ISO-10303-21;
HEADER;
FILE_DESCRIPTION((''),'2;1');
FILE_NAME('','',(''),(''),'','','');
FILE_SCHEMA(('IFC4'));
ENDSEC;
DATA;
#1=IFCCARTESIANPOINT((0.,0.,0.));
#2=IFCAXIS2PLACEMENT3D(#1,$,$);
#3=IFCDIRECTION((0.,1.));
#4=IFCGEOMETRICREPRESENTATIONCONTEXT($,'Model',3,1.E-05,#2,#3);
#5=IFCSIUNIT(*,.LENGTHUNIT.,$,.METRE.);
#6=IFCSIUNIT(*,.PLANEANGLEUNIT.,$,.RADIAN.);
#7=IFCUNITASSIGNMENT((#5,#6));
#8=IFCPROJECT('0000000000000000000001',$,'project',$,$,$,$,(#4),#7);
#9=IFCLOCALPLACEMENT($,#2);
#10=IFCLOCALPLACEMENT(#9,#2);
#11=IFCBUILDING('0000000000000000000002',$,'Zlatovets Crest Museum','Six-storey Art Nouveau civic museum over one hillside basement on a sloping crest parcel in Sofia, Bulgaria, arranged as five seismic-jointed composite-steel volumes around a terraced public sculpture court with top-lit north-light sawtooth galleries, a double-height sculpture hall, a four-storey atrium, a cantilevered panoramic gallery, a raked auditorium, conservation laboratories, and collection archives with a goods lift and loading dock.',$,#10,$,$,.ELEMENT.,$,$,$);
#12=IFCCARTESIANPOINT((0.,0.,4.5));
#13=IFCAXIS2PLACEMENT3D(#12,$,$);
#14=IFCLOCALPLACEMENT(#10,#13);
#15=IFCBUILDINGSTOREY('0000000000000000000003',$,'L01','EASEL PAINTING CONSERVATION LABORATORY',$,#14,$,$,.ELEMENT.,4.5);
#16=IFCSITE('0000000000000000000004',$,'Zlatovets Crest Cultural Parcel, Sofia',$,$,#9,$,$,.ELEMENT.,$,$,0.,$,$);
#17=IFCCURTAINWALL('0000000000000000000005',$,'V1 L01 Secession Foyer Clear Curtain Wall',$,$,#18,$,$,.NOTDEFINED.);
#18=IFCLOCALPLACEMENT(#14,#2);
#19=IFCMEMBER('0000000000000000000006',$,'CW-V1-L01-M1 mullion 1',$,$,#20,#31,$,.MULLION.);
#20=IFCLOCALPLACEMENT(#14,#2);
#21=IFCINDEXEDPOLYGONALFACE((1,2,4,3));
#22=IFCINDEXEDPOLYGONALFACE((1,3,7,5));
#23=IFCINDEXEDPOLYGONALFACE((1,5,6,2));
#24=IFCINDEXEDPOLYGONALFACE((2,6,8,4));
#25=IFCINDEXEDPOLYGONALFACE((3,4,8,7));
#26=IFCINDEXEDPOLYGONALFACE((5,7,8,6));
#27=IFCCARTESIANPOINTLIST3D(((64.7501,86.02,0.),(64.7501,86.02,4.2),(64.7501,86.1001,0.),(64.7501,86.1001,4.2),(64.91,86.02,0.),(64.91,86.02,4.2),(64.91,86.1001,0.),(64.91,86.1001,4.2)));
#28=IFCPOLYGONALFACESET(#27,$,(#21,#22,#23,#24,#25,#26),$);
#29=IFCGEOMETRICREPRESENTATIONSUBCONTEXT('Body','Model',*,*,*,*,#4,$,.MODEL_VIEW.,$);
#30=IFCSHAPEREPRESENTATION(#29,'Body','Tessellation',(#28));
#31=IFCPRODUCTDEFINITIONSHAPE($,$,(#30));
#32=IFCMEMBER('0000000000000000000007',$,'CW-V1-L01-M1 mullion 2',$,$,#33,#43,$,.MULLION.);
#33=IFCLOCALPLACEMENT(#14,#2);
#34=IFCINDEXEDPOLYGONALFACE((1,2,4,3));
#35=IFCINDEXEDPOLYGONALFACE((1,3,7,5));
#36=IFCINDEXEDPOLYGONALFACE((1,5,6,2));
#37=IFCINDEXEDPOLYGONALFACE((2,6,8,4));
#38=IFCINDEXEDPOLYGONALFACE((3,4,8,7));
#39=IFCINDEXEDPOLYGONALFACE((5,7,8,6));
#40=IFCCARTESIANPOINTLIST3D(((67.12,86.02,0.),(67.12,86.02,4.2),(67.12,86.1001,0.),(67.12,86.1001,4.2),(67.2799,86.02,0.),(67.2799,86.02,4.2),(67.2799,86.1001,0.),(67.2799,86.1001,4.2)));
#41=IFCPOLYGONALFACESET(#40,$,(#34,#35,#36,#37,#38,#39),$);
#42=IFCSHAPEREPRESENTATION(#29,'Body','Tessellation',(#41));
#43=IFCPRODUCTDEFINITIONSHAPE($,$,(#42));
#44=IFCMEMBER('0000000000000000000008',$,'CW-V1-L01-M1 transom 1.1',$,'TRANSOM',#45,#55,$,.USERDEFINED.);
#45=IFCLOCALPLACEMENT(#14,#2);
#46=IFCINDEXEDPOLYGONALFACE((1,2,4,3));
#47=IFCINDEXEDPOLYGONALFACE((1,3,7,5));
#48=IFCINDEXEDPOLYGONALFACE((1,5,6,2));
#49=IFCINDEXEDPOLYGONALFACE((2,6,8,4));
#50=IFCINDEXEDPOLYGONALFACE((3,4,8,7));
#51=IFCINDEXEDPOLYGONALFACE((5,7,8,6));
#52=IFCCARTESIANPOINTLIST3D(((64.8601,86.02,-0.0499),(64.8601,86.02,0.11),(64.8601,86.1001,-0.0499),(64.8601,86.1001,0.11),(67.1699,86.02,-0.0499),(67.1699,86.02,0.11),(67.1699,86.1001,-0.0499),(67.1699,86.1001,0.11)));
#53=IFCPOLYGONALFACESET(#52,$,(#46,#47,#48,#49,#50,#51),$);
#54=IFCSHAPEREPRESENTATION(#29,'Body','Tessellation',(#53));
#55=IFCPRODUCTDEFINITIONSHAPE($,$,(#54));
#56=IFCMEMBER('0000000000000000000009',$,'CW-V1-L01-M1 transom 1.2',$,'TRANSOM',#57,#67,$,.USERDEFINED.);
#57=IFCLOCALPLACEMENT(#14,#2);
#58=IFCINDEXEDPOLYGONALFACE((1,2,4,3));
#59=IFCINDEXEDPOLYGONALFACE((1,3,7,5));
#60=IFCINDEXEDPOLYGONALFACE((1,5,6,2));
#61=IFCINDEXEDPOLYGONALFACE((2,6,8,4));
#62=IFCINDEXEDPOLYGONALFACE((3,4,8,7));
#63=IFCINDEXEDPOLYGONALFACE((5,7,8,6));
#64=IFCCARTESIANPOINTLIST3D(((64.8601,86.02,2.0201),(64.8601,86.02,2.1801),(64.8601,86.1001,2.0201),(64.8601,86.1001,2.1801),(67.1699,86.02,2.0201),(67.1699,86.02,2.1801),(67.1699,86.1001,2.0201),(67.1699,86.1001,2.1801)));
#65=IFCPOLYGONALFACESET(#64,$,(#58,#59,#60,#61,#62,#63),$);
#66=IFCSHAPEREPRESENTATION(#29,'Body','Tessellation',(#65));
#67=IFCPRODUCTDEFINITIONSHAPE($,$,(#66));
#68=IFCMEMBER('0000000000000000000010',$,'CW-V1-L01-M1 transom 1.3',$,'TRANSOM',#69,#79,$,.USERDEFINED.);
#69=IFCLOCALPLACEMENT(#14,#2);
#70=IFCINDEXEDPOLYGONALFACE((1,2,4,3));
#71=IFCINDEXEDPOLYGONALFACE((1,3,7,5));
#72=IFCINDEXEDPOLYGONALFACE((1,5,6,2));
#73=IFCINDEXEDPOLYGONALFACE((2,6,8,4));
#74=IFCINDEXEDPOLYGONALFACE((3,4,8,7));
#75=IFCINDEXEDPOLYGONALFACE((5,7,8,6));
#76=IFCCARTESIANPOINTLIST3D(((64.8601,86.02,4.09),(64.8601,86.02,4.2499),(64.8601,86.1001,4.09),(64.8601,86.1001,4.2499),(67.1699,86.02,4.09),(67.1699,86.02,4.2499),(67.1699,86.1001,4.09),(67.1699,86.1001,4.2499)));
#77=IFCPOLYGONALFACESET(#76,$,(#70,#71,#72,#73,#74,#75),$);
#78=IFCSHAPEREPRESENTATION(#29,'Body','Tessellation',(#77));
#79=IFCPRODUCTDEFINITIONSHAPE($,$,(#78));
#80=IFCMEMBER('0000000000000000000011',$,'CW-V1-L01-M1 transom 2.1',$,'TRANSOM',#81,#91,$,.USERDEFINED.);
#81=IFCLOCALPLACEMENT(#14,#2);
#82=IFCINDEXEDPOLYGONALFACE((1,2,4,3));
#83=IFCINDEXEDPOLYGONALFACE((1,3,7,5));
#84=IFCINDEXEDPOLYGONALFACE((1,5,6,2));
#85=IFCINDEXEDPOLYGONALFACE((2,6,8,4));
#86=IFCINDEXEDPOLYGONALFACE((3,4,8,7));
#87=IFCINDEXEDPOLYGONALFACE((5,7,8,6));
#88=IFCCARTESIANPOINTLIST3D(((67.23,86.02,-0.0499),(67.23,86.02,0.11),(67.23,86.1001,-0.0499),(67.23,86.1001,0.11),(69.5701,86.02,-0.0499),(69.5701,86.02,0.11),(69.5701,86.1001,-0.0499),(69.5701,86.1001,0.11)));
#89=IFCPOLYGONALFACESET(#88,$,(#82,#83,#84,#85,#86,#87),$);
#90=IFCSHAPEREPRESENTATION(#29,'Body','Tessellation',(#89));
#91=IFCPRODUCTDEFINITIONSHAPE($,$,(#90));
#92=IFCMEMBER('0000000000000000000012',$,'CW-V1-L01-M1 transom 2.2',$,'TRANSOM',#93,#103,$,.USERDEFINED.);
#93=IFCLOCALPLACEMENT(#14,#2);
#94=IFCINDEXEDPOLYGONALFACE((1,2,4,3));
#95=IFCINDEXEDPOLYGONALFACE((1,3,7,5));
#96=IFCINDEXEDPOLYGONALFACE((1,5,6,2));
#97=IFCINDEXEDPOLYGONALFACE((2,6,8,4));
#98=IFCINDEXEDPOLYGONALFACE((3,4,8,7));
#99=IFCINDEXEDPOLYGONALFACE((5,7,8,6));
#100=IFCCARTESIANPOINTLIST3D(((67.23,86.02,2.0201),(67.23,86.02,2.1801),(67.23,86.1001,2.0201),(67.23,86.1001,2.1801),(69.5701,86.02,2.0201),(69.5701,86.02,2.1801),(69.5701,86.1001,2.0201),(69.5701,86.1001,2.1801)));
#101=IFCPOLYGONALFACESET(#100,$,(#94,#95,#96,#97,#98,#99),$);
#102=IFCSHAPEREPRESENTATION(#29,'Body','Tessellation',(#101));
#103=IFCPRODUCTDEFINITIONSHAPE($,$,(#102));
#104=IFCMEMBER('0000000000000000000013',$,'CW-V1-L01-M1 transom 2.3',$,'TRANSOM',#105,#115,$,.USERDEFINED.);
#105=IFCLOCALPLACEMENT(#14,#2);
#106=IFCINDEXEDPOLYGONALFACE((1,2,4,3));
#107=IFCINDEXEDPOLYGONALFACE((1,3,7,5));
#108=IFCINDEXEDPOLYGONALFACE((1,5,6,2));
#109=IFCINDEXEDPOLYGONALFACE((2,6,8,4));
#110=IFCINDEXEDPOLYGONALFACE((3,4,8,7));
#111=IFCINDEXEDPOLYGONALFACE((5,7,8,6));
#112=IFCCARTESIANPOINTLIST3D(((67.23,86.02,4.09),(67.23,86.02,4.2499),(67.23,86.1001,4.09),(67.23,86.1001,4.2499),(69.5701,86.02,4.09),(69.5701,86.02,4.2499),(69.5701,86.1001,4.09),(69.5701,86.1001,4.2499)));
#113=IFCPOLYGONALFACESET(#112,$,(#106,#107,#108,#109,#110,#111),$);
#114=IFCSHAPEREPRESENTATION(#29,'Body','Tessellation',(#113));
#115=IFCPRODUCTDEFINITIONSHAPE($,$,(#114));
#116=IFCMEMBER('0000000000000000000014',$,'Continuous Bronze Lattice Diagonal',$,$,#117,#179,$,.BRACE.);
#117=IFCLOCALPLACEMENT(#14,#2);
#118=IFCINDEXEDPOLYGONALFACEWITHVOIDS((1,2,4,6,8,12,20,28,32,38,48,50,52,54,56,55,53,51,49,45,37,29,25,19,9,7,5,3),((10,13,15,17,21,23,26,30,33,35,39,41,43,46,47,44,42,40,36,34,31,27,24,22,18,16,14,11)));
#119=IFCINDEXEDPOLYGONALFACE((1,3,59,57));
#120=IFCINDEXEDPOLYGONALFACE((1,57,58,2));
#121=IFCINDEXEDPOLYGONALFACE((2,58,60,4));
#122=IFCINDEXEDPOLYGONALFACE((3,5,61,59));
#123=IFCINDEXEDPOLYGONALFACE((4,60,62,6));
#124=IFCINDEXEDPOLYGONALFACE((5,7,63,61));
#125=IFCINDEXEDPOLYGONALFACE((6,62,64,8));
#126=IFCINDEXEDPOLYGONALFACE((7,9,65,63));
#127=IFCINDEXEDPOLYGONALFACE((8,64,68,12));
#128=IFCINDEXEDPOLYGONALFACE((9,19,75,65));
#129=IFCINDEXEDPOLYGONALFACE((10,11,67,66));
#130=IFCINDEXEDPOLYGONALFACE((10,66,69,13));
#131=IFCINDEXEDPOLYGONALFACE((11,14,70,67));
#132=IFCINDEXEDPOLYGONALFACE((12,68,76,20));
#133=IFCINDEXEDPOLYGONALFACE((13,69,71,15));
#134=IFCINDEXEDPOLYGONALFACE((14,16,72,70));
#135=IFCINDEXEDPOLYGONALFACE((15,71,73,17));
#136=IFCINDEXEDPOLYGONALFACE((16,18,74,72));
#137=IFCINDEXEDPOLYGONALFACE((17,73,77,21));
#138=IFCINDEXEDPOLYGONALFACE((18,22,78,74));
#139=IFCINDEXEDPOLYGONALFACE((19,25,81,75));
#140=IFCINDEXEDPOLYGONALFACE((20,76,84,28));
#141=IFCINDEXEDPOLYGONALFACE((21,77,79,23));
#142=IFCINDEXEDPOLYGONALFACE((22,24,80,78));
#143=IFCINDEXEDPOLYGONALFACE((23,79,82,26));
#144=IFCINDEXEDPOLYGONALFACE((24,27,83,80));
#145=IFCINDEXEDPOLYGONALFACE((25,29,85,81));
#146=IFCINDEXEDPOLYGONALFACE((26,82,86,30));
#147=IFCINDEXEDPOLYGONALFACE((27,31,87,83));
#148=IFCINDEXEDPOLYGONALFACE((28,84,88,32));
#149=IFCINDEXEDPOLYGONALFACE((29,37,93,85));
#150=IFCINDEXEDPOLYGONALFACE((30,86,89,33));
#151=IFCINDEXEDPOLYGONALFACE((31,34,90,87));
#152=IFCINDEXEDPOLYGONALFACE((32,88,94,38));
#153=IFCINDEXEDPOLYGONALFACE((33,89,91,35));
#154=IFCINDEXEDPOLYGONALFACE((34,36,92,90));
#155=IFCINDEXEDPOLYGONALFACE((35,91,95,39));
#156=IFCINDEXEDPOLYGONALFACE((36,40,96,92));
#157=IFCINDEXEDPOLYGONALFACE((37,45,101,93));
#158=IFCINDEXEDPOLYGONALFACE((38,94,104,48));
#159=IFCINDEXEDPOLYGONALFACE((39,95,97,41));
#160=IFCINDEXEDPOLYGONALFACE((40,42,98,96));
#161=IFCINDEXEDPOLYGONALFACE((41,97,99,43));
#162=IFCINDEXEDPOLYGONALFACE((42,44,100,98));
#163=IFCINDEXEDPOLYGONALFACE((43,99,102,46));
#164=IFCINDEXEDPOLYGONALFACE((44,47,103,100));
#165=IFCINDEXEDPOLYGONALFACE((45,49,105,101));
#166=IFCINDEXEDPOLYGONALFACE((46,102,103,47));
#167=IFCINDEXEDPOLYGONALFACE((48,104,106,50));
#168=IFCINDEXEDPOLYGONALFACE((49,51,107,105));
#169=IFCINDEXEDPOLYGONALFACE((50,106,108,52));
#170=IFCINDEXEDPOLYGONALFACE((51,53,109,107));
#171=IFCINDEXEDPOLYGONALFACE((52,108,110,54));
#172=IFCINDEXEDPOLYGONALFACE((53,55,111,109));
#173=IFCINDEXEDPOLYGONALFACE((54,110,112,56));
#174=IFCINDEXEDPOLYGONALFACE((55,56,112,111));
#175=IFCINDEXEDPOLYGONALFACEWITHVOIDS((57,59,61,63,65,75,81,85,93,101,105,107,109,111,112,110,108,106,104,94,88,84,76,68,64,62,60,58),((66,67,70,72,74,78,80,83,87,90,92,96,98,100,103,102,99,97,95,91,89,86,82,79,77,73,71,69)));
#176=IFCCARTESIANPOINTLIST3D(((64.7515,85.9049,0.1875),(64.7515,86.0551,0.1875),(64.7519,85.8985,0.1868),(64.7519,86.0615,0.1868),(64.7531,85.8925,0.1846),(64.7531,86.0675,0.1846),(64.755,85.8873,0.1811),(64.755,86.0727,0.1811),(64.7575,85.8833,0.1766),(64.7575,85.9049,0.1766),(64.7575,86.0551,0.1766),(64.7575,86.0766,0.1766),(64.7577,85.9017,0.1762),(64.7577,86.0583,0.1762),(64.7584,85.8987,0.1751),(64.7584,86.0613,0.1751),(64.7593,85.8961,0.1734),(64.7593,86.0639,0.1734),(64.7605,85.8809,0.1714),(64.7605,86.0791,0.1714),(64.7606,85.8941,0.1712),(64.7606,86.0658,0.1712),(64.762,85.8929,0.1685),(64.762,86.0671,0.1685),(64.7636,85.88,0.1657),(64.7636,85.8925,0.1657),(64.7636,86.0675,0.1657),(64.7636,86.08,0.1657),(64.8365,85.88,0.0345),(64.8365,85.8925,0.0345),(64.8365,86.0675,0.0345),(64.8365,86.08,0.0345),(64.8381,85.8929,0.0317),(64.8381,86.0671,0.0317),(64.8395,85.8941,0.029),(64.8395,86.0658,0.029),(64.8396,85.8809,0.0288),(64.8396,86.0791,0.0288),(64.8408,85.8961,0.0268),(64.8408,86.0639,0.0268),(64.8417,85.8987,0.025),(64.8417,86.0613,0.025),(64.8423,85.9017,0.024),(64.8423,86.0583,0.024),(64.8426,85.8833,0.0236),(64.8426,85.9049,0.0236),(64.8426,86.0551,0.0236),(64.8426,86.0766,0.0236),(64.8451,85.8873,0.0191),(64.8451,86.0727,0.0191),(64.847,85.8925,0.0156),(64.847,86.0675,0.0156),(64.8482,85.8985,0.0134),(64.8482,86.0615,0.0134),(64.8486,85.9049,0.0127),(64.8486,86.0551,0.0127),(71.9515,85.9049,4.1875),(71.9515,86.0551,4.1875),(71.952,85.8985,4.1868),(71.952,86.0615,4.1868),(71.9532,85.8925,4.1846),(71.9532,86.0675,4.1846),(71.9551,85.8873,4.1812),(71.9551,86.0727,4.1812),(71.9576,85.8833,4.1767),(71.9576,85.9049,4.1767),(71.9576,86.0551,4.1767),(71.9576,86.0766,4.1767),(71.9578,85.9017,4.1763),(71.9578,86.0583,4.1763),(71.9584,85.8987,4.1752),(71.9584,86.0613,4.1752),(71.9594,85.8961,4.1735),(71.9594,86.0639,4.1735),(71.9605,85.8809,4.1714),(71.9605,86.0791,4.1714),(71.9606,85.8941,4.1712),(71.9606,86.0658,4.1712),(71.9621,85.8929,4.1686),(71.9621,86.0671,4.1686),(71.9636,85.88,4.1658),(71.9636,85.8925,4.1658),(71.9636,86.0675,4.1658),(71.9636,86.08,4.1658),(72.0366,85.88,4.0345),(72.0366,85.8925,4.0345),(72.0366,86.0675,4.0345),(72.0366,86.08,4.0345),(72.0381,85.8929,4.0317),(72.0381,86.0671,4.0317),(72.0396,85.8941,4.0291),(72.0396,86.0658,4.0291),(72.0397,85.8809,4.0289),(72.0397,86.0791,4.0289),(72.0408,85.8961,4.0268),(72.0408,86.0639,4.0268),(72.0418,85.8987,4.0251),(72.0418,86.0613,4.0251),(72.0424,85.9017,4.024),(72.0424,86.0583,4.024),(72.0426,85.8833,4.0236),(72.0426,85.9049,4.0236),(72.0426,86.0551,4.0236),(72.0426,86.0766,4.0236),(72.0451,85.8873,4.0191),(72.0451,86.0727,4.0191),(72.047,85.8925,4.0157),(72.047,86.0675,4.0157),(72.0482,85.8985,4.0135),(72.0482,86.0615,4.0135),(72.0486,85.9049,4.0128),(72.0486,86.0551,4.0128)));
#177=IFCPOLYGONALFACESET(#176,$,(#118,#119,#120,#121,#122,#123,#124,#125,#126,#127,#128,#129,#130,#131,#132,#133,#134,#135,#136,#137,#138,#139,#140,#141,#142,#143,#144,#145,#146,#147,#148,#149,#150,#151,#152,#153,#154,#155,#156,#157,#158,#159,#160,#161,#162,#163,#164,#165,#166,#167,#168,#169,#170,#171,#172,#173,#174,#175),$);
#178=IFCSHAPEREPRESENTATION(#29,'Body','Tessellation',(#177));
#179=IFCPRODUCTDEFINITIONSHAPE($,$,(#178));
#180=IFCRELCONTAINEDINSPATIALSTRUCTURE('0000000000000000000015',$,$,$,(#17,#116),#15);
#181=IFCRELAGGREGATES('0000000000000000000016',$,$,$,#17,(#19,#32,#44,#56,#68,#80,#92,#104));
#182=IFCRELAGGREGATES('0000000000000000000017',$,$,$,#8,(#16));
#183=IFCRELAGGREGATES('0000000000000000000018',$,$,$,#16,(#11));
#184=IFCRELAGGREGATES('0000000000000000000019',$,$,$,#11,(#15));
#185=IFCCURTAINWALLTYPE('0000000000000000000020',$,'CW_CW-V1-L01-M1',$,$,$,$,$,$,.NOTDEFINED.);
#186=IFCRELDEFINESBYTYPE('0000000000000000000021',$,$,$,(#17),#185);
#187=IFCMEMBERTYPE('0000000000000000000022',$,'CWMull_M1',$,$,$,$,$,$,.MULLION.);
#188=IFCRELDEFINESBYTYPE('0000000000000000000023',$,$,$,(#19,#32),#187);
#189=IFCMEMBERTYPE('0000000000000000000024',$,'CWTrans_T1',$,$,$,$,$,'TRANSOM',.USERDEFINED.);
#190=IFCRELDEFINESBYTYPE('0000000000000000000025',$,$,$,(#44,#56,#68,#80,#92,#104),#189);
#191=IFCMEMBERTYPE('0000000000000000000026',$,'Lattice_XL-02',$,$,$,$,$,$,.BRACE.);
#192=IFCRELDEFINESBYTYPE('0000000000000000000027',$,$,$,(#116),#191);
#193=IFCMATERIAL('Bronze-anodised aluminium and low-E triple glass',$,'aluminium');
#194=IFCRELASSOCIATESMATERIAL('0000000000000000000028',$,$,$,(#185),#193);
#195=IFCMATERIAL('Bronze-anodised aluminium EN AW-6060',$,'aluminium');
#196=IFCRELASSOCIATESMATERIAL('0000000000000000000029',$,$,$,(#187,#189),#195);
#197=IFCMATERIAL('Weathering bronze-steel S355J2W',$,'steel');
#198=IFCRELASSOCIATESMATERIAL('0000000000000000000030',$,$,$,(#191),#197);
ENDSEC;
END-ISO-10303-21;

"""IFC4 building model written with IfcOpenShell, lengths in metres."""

from ifc_helpers import new_model, si_unit, direction, frame, origin, origin_2d, place, context, subcontext, project, spatial, rectangle, hollow_rectangle, extrude, material, material_profile, profile_set, type_object, element, aggregate, save


model = new_model("IFC4")

# Units and contexts
model_context = context("Model", 3, precision=1e-05, world=origin(), true_north=direction((0.0, 1.0)))
body_context = subcontext(model_context, "Body", "Model", "MODEL_VIEW")
ifc_project = project(units=[si_unit("LENGTHUNIT", "METRE"), si_unit("PLANEANGLEUNIT", "RADIAN")], contexts=[model_context])

# Site, building, storey
site_placement = place(None, origin())
site = spatial("IfcSite", under=ifc_project, at=site_placement, Name="Zlatovets Crest Cultural Parcel, Sofia", CompositionType="ELEMENT", RefElevation=0.0)
building_placement = place(site_placement, origin())
building = spatial("IfcBuilding", under=site, at=building_placement, Name="Zlatovets Crest Museum", Description="Six-storey Art Nouveau civic museum over one hillside basement on a sloping crest parcel in Sofia, Bulgaria, arranged as five seismic-jointed composite-steel volumes around a terraced public sculpture court with top-lit north-light sawtooth galleries, a double-height sculpture hall, a four-storey atrium, a cantilevered panoramic gallery, a raked auditorium, conservation laboratories, and collection archives with a goods lift and loading dock.", CompositionType="ELEMENT")
storey_placement = place(building_placement, frame((0.0, 0.0, 4.5)))
storey = spatial("IfcBuildingStorey", under=building, at=storey_placement, Name="L01", Description="EASEL PAINTING CONSERVATION LABORATORY", CompositionType="ELEMENT", Elevation=4.5)

# Curtain wall, members
ifc_material_1 = material(Name="Bronze-anodised aluminium and low-E triple glass", Category="aluminium")
curtain_wall_type = type_object("IfcCurtainWallType", Name="CW_CW-V1-L01-M1", PredefinedType="NOTDEFINED", material=ifc_material_1)
curtain_wall_placement = place(storey_placement, origin())
curtain_wall = element("IfcCurtainWall", 1, at=curtain_wall_placement, inside=storey, type_object=curtain_wall_type, Name="V1 L01 Secession Foyer Clear Curtain Wall", PredefinedType="NOTDEFINED")
ifc_material_2 = material(Name="Bronze-anodised aluminium EN AW-6060", Category="aluminium")
ifc_material_profile_1 = material_profile(ifc_material_2, rectangle(XDim=0.0801, YDim=0.1599, at=origin_2d()), Name="ALU 80x160")
ifc_profile_set_1 = profile_set([ifc_material_profile_1], Name="Bronze-anodised aluminium EN AW-6060")
member_type_1 = type_object("IfcMemberType", Name="CWMull_M1", PredefinedType="MULLION", material=ifc_profile_set_1)
member_1_placement = place(storey_placement, frame((64.8301, 86.0601, 0.0), z_axis=(0.0, 0.0, 1.0), x_axis=(0.0, 1.0, 0.0)))
member_1 = element("IfcMember", 2, at=member_1_placement, type_object=member_type_1, Name="CW-V1-L01-M1 mullion 1", PredefinedType="MULLION", context=body_context, shape_type="SweptSolid", body=[
    extrude(rectangle(XDim=0.0801, YDim=0.1599, at=origin_2d()), origin(), (0.0, 0.0, 1.0), 4.2),
])
member_2_placement = place(storey_placement, frame((67.2, 86.0601, 0.0), z_axis=(0.0, 0.0, 1.0), x_axis=(0.0, 1.0, 0.0)))
member_2 = element("IfcMember", 3, at=member_2_placement, type_object=member_type_1, Name="CW-V1-L01-M1 mullion 2", PredefinedType="MULLION", context=body_context, shape_type="SweptSolid", body=[
    extrude(rectangle(XDim=0.0801, YDim=0.1599, at=origin_2d()), origin(), (0.0, 0.0, 1.0), 4.2),
])
ifc_material_profile_2 = material_profile(ifc_material_2, rectangle(XDim=0.0801, YDim=0.1599, at=origin_2d()), Name="ALU 80x160")
ifc_profile_set_2 = profile_set([ifc_material_profile_2], Name="Bronze-anodised aluminium EN AW-6060")
member_type_2 = type_object("IfcMemberType", Name="CWTrans_T1", ElementType="TRANSOM", PredefinedType="USERDEFINED", material=ifc_profile_set_2)
member_3_placement = place(storey_placement, frame((64.8601, 86.0601, 0.03), z_axis=(1.0, 0.0, 0.0), x_axis=(0.0, 1.0, 0.0)))
member_3 = element("IfcMember", 4, at=member_3_placement, type_object=member_type_2, Name="CW-V1-L01-M1 transom 1.1", ObjectType="TRANSOM", PredefinedType="USERDEFINED", context=body_context, shape_type="SweptSolid", body=[
    extrude(rectangle(XDim=0.0801, YDim=0.1599, at=origin_2d()), origin(), (0.0, 0.0, 1.0), 2.3098),
])
member_4_placement = place(storey_placement, frame((64.8601, 86.0601, 2.1001), z_axis=(1.0, 0.0, 0.0), x_axis=(0.0, 1.0, 0.0)))
member_4 = element("IfcMember", 5, at=member_4_placement, type_object=member_type_2, Name="CW-V1-L01-M1 transom 1.2", ObjectType="TRANSOM", PredefinedType="USERDEFINED", context=body_context, shape_type="SweptSolid", body=[
    extrude(rectangle(XDim=0.0801, YDim=0.1599, at=origin_2d()), origin(), (0.0, 0.0, 1.0), 2.3098),
])
member_5_placement = place(storey_placement, frame((64.8601, 86.0601, 4.1699), z_axis=(1.0, 0.0, 0.0), x_axis=(0.0, 1.0, 0.0)))
member_5 = element("IfcMember", 6, at=member_5_placement, type_object=member_type_2, Name="CW-V1-L01-M1 transom 1.3", ObjectType="TRANSOM", PredefinedType="USERDEFINED", context=body_context, shape_type="SweptSolid", body=[
    extrude(rectangle(XDim=0.0801, YDim=0.1599, at=origin_2d()), origin(), (0.0, 0.0, 1.0), 2.3098),
])
member_6_placement = place(storey_placement, frame((67.23, 86.0601, 0.03), z_axis=(1.0, 0.0, 0.0), x_axis=(0.0, 1.0, 0.0)))
member_6 = element("IfcMember", 7, at=member_6_placement, type_object=member_type_2, Name="CW-V1-L01-M1 transom 2.1", ObjectType="TRANSOM", PredefinedType="USERDEFINED", context=body_context, shape_type="SweptSolid", body=[
    extrude(rectangle(XDim=0.0801, YDim=0.1599, at=origin_2d()), origin(), (0.0, 0.0, 1.0), 2.3401),
])
member_7_placement = place(storey_placement, frame((67.23, 86.0601, 2.1001), z_axis=(1.0, 0.0, 0.0), x_axis=(0.0, 1.0, 0.0)))
member_7 = element("IfcMember", 8, at=member_7_placement, type_object=member_type_2, Name="CW-V1-L01-M1 transom 2.2", ObjectType="TRANSOM", PredefinedType="USERDEFINED", context=body_context, shape_type="SweptSolid", body=[
    extrude(rectangle(XDim=0.0801, YDim=0.1599, at=origin_2d()), origin(), (0.0, 0.0, 1.0), 2.3401),
])
member_8_placement = place(storey_placement, frame((67.23, 86.0601, 4.1699), z_axis=(1.0, 0.0, 0.0), x_axis=(0.0, 1.0, 0.0)))
member_8 = element("IfcMember", 9, at=member_8_placement, type_object=member_type_2, Name="CW-V1-L01-M1 transom 2.3", ObjectType="TRANSOM", PredefinedType="USERDEFINED", context=body_context, shape_type="SweptSolid", body=[
    extrude(rectangle(XDim=0.0801, YDim=0.1599, at=origin_2d()), origin(), (0.0, 0.0, 1.0), 2.3401),
])

# Member
ifc_material_3 = material(Name="Weathering bronze-steel S355J2W", Category="steel")
ifc_material_profile_3 = material_profile(ifc_material_3, hollow_rectangle(XDim=0.2, YDim=0.2, WallThickness=0.0125, InnerFilletRadius=0.0125, OuterFilletRadius=0.0249, at=origin_2d()), Name="SHS 200x200x12.5")
ifc_profile_set_3 = profile_set([ifc_material_profile_3], Name="Weathering bronze-steel S355J2W")
member_type_3 = type_object("IfcMemberType", Name="Lattice_XL-02", PredefinedType="BRACE", material=ifc_profile_set_3)
member_9_placement = place(storey_placement, frame((64.8, 85.98, 0.1001), z_axis=(0.874156, 0.0, 0.485645), x_axis=(0.0, 1.0, 0.0)))
element("IfcMember", 10, at=member_9_placement, inside=storey, type_object=member_type_3, Name="Continuous Bronze Lattice Diagonal", PredefinedType="BRACE", context=body_context, shape_type="SweptSolid", body=[
    extrude(hollow_rectangle(XDim=0.2, YDim=0.2, WallThickness=0.0125, InnerFilletRadius=0.0125, OuterFilletRadius=0.0249, at=origin_2d()), origin(), (0.0, 0.0, 1.0), 8.2366),
])

aggregate(curtain_wall, [member_1, member_2, member_3, member_4, member_5, member_6, member_7, member_8])

save(model, "model.ifc")
